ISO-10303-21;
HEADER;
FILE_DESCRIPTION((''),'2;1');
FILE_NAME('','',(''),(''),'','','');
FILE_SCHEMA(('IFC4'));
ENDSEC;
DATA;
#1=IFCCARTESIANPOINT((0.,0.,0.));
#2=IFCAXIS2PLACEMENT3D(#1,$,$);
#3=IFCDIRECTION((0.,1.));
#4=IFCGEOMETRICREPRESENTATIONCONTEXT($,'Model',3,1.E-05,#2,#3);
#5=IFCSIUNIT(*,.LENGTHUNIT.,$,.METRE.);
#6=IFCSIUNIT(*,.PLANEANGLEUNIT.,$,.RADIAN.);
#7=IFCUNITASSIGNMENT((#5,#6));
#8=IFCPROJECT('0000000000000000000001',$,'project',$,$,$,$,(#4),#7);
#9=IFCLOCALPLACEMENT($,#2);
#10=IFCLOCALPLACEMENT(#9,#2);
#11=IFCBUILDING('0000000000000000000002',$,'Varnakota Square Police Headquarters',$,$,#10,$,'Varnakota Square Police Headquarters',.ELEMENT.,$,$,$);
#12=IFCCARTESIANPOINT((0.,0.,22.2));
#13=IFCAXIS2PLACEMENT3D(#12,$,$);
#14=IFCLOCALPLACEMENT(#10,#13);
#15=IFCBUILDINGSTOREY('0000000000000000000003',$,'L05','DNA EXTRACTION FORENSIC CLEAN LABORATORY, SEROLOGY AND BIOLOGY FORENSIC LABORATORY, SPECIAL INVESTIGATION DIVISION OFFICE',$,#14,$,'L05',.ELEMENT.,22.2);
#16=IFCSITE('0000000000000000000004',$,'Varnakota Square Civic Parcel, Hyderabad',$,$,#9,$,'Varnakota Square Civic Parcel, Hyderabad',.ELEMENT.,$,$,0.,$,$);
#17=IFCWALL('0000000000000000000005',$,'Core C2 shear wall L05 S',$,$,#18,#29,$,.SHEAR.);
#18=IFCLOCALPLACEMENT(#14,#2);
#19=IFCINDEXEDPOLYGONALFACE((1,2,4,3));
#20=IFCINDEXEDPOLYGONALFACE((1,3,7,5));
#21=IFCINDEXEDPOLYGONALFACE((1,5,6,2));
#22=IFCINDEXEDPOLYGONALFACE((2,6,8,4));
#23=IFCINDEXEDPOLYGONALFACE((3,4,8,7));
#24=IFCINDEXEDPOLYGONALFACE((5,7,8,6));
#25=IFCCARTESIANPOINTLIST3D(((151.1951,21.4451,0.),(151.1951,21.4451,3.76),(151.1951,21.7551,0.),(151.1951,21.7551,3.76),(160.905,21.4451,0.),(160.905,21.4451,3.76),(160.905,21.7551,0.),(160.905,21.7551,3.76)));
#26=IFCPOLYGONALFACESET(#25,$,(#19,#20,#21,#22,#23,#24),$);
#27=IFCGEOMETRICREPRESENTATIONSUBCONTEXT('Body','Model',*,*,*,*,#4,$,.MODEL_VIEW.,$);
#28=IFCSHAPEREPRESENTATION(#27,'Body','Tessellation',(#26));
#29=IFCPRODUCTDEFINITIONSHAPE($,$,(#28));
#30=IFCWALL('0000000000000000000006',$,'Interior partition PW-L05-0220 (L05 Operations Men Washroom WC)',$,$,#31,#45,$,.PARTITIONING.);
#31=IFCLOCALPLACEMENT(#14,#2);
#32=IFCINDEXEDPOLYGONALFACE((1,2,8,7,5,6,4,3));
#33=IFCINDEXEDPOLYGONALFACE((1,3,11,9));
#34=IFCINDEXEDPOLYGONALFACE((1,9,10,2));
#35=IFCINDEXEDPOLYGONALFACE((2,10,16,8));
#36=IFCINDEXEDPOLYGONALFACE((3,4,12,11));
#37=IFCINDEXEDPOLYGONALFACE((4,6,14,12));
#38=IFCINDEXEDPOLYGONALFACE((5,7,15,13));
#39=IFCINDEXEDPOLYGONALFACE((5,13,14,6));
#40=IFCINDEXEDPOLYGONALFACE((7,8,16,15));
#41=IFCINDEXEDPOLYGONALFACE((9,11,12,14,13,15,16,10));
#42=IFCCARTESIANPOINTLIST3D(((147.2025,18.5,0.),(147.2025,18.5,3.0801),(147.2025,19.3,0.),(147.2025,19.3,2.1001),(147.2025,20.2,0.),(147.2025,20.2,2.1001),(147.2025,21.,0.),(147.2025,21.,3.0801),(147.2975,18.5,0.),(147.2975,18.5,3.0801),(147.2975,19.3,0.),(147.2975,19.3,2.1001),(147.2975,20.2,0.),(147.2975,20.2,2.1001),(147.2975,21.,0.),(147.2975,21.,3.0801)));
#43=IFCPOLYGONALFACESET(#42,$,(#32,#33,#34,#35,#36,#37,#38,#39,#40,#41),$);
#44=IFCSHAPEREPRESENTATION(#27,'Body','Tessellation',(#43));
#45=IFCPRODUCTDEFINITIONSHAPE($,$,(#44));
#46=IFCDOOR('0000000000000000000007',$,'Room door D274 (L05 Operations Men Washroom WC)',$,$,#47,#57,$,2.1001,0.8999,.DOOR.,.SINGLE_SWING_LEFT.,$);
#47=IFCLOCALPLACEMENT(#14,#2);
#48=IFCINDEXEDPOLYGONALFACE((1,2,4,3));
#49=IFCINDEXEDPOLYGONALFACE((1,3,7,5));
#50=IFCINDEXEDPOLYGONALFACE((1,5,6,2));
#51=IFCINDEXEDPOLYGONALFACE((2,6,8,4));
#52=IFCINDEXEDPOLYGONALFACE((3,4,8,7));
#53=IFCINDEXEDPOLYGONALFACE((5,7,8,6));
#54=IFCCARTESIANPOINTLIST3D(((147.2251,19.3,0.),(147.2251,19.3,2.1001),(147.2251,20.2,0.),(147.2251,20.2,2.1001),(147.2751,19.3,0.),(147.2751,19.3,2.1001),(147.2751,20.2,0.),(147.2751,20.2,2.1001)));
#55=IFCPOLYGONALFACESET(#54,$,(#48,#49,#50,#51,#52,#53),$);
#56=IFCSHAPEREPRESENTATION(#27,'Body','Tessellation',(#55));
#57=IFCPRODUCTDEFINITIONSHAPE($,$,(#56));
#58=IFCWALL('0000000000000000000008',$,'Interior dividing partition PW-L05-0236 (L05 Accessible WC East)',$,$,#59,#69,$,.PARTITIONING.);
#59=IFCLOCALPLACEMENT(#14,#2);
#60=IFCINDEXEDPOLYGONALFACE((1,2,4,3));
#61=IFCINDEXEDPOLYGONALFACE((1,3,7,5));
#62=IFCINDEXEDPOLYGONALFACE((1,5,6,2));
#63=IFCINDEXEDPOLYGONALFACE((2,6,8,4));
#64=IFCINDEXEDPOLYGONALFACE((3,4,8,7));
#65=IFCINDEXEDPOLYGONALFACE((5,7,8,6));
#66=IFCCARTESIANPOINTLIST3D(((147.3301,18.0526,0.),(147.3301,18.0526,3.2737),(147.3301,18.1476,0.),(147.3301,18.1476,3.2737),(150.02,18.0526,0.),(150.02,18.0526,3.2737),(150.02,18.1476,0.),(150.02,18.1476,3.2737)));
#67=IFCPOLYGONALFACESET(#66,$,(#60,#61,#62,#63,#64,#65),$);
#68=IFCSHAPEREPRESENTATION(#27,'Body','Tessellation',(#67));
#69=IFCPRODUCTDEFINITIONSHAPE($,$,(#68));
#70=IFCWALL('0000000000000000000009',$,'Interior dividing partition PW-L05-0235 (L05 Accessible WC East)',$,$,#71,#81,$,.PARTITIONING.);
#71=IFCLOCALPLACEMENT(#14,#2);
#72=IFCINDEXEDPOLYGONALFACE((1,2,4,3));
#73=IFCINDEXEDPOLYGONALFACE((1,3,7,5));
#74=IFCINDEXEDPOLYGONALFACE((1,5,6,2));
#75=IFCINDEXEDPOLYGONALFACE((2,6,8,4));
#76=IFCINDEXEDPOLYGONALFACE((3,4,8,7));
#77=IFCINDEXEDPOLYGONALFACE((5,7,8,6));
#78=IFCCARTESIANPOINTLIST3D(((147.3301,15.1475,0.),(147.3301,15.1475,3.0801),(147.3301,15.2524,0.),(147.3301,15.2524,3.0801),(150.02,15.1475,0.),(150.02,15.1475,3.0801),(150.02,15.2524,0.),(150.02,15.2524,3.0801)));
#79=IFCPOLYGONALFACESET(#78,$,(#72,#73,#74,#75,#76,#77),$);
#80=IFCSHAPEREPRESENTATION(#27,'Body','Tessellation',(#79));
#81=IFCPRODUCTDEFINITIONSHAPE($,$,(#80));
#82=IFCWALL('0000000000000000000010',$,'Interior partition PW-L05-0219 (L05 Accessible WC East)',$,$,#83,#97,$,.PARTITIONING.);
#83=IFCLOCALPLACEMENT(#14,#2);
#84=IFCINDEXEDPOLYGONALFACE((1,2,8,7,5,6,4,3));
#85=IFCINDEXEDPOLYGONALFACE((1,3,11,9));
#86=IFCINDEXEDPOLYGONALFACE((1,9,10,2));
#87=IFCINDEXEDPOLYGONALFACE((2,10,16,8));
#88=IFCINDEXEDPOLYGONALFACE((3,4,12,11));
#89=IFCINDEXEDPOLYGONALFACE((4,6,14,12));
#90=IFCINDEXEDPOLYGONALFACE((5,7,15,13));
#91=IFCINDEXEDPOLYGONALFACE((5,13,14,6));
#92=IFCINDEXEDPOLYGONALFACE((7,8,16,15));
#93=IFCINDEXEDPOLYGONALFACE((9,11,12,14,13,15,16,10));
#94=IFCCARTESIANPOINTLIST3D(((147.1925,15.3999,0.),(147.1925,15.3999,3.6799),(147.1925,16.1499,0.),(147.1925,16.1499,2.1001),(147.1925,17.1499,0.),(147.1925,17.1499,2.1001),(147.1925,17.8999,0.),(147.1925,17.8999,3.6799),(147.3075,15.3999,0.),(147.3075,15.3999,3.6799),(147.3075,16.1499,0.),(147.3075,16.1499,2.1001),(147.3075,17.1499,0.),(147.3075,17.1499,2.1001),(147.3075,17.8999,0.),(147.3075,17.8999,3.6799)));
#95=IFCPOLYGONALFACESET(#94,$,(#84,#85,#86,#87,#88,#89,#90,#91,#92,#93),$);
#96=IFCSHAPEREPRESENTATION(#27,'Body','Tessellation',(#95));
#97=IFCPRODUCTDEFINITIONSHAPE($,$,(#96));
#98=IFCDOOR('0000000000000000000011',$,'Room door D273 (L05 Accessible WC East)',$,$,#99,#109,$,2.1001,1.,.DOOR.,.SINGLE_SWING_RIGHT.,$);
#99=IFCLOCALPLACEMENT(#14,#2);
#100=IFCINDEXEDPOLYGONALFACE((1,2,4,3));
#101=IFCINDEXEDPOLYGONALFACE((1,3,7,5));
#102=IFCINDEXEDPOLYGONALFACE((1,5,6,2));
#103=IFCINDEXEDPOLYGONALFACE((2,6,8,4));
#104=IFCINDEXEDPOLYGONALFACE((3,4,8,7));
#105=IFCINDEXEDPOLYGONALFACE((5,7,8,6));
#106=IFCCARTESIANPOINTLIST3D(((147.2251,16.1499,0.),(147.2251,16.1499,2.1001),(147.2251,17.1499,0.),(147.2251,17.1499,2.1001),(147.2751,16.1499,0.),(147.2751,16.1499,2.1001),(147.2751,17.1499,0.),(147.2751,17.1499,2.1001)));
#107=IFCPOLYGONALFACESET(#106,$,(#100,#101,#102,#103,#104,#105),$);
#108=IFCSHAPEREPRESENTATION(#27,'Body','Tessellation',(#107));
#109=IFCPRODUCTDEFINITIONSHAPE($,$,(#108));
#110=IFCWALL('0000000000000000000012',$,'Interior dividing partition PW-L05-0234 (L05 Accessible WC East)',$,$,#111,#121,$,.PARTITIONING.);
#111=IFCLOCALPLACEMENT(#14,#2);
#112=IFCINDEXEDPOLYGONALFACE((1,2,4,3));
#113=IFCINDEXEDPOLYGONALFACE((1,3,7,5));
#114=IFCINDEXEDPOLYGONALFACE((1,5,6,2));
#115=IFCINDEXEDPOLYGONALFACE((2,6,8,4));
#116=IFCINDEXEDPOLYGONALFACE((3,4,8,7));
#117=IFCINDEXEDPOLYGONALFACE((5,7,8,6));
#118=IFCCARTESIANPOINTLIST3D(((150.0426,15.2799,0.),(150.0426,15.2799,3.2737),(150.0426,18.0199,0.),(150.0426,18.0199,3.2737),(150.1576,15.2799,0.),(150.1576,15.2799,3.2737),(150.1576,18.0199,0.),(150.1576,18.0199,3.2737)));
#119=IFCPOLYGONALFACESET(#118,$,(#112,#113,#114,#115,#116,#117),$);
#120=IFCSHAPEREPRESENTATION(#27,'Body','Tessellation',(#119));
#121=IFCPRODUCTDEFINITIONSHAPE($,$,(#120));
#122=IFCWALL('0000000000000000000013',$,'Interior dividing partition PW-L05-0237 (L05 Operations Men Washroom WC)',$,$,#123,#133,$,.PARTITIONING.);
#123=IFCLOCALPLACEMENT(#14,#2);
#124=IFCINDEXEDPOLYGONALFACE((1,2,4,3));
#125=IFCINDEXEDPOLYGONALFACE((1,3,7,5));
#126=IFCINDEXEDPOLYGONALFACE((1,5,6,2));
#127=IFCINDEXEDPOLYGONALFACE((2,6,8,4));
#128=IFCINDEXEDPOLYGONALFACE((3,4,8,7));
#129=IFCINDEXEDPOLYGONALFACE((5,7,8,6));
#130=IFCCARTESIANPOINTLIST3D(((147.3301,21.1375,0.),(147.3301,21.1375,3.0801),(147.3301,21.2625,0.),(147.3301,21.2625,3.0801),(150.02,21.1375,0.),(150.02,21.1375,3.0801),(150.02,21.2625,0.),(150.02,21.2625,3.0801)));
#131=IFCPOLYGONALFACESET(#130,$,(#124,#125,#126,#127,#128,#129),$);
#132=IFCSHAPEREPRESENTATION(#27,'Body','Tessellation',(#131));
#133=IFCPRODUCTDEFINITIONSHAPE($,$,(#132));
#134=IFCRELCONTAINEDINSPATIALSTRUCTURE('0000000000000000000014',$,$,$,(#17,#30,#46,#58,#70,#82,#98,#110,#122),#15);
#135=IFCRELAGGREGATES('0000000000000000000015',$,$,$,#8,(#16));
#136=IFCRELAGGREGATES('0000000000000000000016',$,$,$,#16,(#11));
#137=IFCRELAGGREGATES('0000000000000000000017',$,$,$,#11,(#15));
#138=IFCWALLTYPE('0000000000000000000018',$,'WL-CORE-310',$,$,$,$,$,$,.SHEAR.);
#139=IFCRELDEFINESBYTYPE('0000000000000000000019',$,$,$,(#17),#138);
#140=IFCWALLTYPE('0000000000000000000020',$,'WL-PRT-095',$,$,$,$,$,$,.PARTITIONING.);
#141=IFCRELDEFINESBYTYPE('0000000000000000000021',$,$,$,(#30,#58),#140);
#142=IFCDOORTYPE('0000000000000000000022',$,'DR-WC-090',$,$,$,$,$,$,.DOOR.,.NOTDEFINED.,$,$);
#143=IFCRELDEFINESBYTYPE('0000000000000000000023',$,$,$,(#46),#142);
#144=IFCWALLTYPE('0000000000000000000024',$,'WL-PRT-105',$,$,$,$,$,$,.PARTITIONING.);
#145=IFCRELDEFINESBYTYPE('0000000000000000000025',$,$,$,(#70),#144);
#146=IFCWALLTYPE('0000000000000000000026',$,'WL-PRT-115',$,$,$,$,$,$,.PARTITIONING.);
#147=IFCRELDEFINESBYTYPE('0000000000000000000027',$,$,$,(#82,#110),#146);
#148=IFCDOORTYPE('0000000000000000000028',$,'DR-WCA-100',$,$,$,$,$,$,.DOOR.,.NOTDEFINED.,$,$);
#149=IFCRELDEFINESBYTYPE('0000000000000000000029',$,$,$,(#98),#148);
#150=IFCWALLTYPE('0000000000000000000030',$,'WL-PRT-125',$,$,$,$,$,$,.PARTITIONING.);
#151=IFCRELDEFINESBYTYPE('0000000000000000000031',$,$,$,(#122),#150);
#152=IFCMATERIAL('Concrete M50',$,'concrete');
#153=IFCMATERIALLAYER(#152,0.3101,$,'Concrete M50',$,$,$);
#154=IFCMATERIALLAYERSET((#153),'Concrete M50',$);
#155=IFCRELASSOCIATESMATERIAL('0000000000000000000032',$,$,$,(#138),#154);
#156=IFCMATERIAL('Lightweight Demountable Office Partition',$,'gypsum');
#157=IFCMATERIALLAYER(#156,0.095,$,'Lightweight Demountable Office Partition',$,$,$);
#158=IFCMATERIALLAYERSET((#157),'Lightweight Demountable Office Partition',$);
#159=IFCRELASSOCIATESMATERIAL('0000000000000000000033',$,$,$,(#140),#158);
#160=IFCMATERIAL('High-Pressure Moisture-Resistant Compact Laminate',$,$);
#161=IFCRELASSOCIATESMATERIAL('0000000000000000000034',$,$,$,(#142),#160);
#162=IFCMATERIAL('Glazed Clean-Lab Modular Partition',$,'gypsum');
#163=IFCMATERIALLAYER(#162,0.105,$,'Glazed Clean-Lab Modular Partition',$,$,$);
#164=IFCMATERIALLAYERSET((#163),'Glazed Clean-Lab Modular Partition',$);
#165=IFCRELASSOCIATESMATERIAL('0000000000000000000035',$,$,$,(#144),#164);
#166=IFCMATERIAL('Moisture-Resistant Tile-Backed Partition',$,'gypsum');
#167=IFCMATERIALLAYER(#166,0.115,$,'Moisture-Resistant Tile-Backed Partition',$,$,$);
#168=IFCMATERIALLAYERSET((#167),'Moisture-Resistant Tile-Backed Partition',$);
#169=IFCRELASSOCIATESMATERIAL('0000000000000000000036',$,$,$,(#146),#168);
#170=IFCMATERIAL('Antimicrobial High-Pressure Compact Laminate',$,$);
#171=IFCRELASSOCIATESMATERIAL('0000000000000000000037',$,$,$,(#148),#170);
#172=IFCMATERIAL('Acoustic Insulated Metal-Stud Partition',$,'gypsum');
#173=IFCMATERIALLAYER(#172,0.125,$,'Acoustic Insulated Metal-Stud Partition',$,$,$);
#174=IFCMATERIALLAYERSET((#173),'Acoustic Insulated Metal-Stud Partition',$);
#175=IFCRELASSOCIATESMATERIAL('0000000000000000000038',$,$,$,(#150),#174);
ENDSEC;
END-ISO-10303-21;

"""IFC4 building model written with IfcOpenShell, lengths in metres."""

from ifc_helpers import new_model, si_unit, direction, frame, frame_2d, origin, place, context, subcontext, project, spatial, rectangle, extrude, material, layer, layer_set, type_object, element, fill, save


model = new_model("IFC4")

# Units and contexts
model_context = context("Model", 3, precision=1e-05, world=origin(), true_north=direction((0.0, 1.0)))
body_context = subcontext(model_context, "Body", "Model", "MODEL_VIEW")
ifc_project = project(units=[si_unit("LENGTHUNIT", "METRE"), si_unit("PLANEANGLEUNIT", "RADIAN")], contexts=[model_context])

# Site, building, storey
site_placement = place(None, origin())
site = spatial("IfcSite", under=ifc_project, at=site_placement, Name="Varnakota Square Civic Parcel, Hyderabad", LongName="Varnakota Square Civic Parcel, Hyderabad", CompositionType="ELEMENT", RefElevation=0.0)
building_placement = place(site_placement, origin())
building = spatial("IfcBuilding", under=site, at=building_placement, Name="Varnakota Square Police Headquarters", LongName="Varnakota Square Police Headquarters", CompositionType="ELEMENT")
storey_placement = place(building_placement, frame((0.0, 0.0, 22.2)))
storey = spatial("IfcBuildingStorey", under=building, at=storey_placement, Name="L05", Description="DNA EXTRACTION FORENSIC CLEAN LABORATORY, SEROLOGY AND BIOLOGY FORENSIC LABORATORY, SPECIAL INVESTIGATION DIVISION OFFICE", LongName="L05", CompositionType="ELEMENT", Elevation=22.2)

# Wall
ifc_material_1 = material(Name="Concrete M50", Category="concrete")
ifc_layer_1 = layer(ifc_material_1, 0.3101, Name="Concrete M50")
ifc_layer_set_1 = layer_set([ifc_layer_1], Name="Concrete M50")
wall_type_1 = type_object("IfcWallType", Name="WL-CORE-310", PredefinedType="SHEAR", material=ifc_layer_set_1)
wall_1_placement = place(storey_placement, frame((151.1951, 21.6001, 0.0), z_axis=(0.0, 0.0, 1.0), x_axis=(1.0, 0.0, 0.0)))
element("IfcWall", 1, at=wall_1_placement, inside=storey, type_object=wall_type_1, Name="Core C2 shear wall L05 S", PredefinedType="SHEAR", context=body_context, shape_type="SweptSolid", body=[
    extrude(rectangle(XDim=9.71, YDim=0.3101, at=frame_2d((4.855, 0.0))), origin(), (0.0, 0.0, 1.0), 3.76),
])

# Wall, opening, door
ifc_material_2 = material(Name="Lightweight Demountable Office Partition", Category="gypsum")
ifc_layer_2 = layer(ifc_material_2, 0.095, Name="Lightweight Demountable Office Partition")
ifc_layer_set_2 = layer_set([ifc_layer_2], Name="Lightweight Demountable Office Partition")
wall_type_2 = type_object("IfcWallType", Name="WL-PRT-095", PredefinedType="PARTITIONING", material=ifc_layer_set_2)
wall_2_placement = place(storey_placement, frame((147.25, 18.5, 0.0), z_axis=(0.0, 0.0, 1.0), x_axis=(0.0, 1.0, 0.0)))
wall_2 = element("IfcWall", 2, at=wall_2_placement, inside=storey, type_object=wall_type_2, Name="Interior partition PW-L05-0220 (L05 Operations Men Washroom WC)", PredefinedType="PARTITIONING", context=body_context, shape_type="SweptSolid", body=[
    extrude(rectangle(XDim=2.5, YDim=0.095, at=frame_2d((1.25, 0.0))), origin(), (0.0, 0.0, 1.0), 3.0801),
])
opening_1_placement = place(wall_2_placement, frame((0.8, 0.0, 0.0)))
opening_1 = element("IfcOpeningElement", 3, at=opening_1_placement, cuts=wall_2, PredefinedType="OPENING", context=body_context, shape_type="SweptSolid", body=[
    extrude(rectangle(XDim=0.8999, YDim=2.1001, at=frame_2d((0.45, 1.05))), frame((0.0, 0.0574, 0.0), z_axis=(0.0, -1.0, 0.0), x_axis=(1.0, 0.0, 0.0)), (0.0, 0.0, 1.0), 0.115),
])
ifc_material_3 = material(Name="High-Pressure Moisture-Resistant Compact Laminate")
door_type_1 = type_object("IfcDoorType", Name="DR-WC-090", OperationType="NOTDEFINED", PredefinedType="DOOR", material=ifc_material_3)
door_1_placement = place(opening_1_placement, origin())
door_1 = element("IfcDoor", 4, at=door_1_placement, inside=storey, type_object=door_type_1, Name="Room door D274 (L05 Operations Men Washroom WC)", OperationType="SINGLE_SWING_LEFT", OverallHeight=2.1001, OverallWidth=0.8999, PredefinedType="DOOR", context=body_context, shape_type="SweptSolid", body=[
    extrude(rectangle(XDim=0.8999, YDim=2.1001, at=frame_2d((0.45, 1.05))), frame((0.0, 0.0249, 0.0), z_axis=(0.0, -1.0, 0.0), x_axis=(1.0, 0.0, 0.0)), (0.0, 0.0, 1.0), 0.05),
])
fill(opening_1, door_1)

# Walls
wall_3_placement = place(storey_placement, frame((147.3301, 18.1001, 0.0), z_axis=(0.0, 0.0, 1.0), x_axis=(1.0, 0.0, 0.0)))
element("IfcWall", 5, at=wall_3_placement, inside=storey, type_object=wall_type_2, Name="Interior dividing partition PW-L05-0236 (L05 Accessible WC East)", PredefinedType="PARTITIONING", context=body_context, shape_type="SweptSolid", body=[
    extrude(rectangle(XDim=2.6899, YDim=0.095, at=frame_2d((1.345, 0.0))), origin(), (0.0, 0.0, 1.0), 3.2737),
])
ifc_material_4 = material(Name="Glazed Clean-Lab Modular Partition", Category="gypsum")
ifc_layer_3 = layer(ifc_material_4, 0.105, Name="Glazed Clean-Lab Modular Partition")
ifc_layer_set_3 = layer_set([ifc_layer_3], Name="Glazed Clean-Lab Modular Partition")
wall_type_3 = type_object("IfcWallType", Name="WL-PRT-105", PredefinedType="PARTITIONING", material=ifc_layer_set_3)
wall_4_placement = place(storey_placement, frame((150.02, 15.2, 0.0), z_axis=(0.0, 0.0, 1.0), x_axis=(-1.0, 0.0, 0.0)))
element("IfcWall", 6, at=wall_4_placement, inside=storey, type_object=wall_type_3, Name="Interior dividing partition PW-L05-0235 (L05 Accessible WC East)", PredefinedType="PARTITIONING", context=body_context, shape_type="SweptSolid", body=[
    extrude(rectangle(XDim=2.6899, YDim=0.105, at=frame_2d((1.345, 0.0))), origin(), (0.0, 0.0, 1.0), 3.0801),
])

# Wall, opening, door
ifc_material_5 = material(Name="Moisture-Resistant Tile-Backed Partition", Category="gypsum")
ifc_layer_4 = layer(ifc_material_5, 0.115, Name="Moisture-Resistant Tile-Backed Partition")
ifc_layer_set_4 = layer_set([ifc_layer_4], Name="Moisture-Resistant Tile-Backed Partition")
wall_type_4 = type_object("IfcWallType", Name="WL-PRT-115", PredefinedType="PARTITIONING", material=ifc_layer_set_4)
wall_5_placement = place(storey_placement, frame((147.25, 15.3999, 0.0), z_axis=(0.0, 0.0, 1.0), x_axis=(0.0, 1.0, 0.0)))
wall_5 = element("IfcWall", 7, at=wall_5_placement, inside=storey, type_object=wall_type_4, Name="Interior partition PW-L05-0219 (L05 Accessible WC East)", PredefinedType="PARTITIONING", context=body_context, shape_type="SweptSolid", body=[
    extrude(rectangle(XDim=2.5, YDim=0.115, at=frame_2d((1.25, 0.0))), origin(), (0.0, 0.0, 1.0), 3.6799),
])
opening_2_placement = place(wall_5_placement, frame((0.75, 0.0, 0.0)))
opening_2 = element("IfcOpeningElement", 8, at=opening_2_placement, cuts=wall_5, PredefinedType="OPENING", context=body_context, shape_type="SweptSolid", body=[
    extrude(rectangle(XDim=1.0, YDim=2.1001, at=frame_2d((0.5, 1.05))), frame((0.0, 0.0674, 0.0), z_axis=(0.0, -1.0, 0.0), x_axis=(1.0, 0.0, 0.0)), (0.0, 0.0, 1.0), 0.135),
])
ifc_material_6 = material(Name="Antimicrobial High-Pressure Compact Laminate")
door_type_2 = type_object("IfcDoorType", Name="DR-WCA-100", OperationType="NOTDEFINED", PredefinedType="DOOR", material=ifc_material_6)
door_2_placement = place(opening_2_placement, origin())
door_2 = element("IfcDoor", 9, at=door_2_placement, inside=storey, type_object=door_type_2, Name="Room door D273 (L05 Accessible WC East)", OperationType="SINGLE_SWING_RIGHT", OverallHeight=2.1001, OverallWidth=1.0, PredefinedType="DOOR", context=body_context, shape_type="SweptSolid", body=[
    extrude(rectangle(XDim=1.0, YDim=2.1001, at=frame_2d((0.5, 1.05))), frame((0.0, 0.0249, 0.0), z_axis=(0.0, -1.0, 0.0), x_axis=(1.0, 0.0, 0.0)), (0.0, 0.0, 1.0), 0.05),
])
fill(opening_2, door_2)

# Walls
wall_6_placement = place(storey_placement, frame((150.1001, 18.02, 0.0), z_axis=(0.0, 0.0, 1.0), x_axis=(0.0, -1.0, 0.0)))
element("IfcWall", 10, at=wall_6_placement, inside=storey, type_object=wall_type_4, Name="Interior dividing partition PW-L05-0234 (L05 Accessible WC East)", PredefinedType="PARTITIONING", context=body_context, shape_type="SweptSolid", body=[
    extrude(rectangle(XDim=2.74, YDim=0.115, at=frame_2d((1.3701, 0.0))), origin(), (0.0, 0.0, 1.0), 3.2737),
])
ifc_material_7 = material(Name="Acoustic Insulated Metal-Stud Partition", Category="gypsum")
ifc_layer_5 = layer(ifc_material_7, 0.125, Name="Acoustic Insulated Metal-Stud Partition")
ifc_layer_set_5 = layer_set([ifc_layer_5], Name="Acoustic Insulated Metal-Stud Partition")
wall_type_5 = type_object("IfcWallType", Name="WL-PRT-125", PredefinedType="PARTITIONING", material=ifc_layer_set_5)
wall_7_placement = place(storey_placement, frame((147.3301, 21.2, 0.0), z_axis=(0.0, 0.0, 1.0), x_axis=(1.0, 0.0, 0.0)))
element("IfcWall", 11, at=wall_7_placement, inside=storey, type_object=wall_type_5, Name="Interior dividing partition PW-L05-0237 (L05 Operations Men Washroom WC)", PredefinedType="PARTITIONING", context=body_context, shape_type="SweptSolid", body=[
    extrude(rectangle(XDim=2.6899, YDim=0.125, at=frame_2d((1.345, 0.0))), origin(), (0.0, 0.0, 1.0), 3.0801),
])

save(model, "model.ifc")
